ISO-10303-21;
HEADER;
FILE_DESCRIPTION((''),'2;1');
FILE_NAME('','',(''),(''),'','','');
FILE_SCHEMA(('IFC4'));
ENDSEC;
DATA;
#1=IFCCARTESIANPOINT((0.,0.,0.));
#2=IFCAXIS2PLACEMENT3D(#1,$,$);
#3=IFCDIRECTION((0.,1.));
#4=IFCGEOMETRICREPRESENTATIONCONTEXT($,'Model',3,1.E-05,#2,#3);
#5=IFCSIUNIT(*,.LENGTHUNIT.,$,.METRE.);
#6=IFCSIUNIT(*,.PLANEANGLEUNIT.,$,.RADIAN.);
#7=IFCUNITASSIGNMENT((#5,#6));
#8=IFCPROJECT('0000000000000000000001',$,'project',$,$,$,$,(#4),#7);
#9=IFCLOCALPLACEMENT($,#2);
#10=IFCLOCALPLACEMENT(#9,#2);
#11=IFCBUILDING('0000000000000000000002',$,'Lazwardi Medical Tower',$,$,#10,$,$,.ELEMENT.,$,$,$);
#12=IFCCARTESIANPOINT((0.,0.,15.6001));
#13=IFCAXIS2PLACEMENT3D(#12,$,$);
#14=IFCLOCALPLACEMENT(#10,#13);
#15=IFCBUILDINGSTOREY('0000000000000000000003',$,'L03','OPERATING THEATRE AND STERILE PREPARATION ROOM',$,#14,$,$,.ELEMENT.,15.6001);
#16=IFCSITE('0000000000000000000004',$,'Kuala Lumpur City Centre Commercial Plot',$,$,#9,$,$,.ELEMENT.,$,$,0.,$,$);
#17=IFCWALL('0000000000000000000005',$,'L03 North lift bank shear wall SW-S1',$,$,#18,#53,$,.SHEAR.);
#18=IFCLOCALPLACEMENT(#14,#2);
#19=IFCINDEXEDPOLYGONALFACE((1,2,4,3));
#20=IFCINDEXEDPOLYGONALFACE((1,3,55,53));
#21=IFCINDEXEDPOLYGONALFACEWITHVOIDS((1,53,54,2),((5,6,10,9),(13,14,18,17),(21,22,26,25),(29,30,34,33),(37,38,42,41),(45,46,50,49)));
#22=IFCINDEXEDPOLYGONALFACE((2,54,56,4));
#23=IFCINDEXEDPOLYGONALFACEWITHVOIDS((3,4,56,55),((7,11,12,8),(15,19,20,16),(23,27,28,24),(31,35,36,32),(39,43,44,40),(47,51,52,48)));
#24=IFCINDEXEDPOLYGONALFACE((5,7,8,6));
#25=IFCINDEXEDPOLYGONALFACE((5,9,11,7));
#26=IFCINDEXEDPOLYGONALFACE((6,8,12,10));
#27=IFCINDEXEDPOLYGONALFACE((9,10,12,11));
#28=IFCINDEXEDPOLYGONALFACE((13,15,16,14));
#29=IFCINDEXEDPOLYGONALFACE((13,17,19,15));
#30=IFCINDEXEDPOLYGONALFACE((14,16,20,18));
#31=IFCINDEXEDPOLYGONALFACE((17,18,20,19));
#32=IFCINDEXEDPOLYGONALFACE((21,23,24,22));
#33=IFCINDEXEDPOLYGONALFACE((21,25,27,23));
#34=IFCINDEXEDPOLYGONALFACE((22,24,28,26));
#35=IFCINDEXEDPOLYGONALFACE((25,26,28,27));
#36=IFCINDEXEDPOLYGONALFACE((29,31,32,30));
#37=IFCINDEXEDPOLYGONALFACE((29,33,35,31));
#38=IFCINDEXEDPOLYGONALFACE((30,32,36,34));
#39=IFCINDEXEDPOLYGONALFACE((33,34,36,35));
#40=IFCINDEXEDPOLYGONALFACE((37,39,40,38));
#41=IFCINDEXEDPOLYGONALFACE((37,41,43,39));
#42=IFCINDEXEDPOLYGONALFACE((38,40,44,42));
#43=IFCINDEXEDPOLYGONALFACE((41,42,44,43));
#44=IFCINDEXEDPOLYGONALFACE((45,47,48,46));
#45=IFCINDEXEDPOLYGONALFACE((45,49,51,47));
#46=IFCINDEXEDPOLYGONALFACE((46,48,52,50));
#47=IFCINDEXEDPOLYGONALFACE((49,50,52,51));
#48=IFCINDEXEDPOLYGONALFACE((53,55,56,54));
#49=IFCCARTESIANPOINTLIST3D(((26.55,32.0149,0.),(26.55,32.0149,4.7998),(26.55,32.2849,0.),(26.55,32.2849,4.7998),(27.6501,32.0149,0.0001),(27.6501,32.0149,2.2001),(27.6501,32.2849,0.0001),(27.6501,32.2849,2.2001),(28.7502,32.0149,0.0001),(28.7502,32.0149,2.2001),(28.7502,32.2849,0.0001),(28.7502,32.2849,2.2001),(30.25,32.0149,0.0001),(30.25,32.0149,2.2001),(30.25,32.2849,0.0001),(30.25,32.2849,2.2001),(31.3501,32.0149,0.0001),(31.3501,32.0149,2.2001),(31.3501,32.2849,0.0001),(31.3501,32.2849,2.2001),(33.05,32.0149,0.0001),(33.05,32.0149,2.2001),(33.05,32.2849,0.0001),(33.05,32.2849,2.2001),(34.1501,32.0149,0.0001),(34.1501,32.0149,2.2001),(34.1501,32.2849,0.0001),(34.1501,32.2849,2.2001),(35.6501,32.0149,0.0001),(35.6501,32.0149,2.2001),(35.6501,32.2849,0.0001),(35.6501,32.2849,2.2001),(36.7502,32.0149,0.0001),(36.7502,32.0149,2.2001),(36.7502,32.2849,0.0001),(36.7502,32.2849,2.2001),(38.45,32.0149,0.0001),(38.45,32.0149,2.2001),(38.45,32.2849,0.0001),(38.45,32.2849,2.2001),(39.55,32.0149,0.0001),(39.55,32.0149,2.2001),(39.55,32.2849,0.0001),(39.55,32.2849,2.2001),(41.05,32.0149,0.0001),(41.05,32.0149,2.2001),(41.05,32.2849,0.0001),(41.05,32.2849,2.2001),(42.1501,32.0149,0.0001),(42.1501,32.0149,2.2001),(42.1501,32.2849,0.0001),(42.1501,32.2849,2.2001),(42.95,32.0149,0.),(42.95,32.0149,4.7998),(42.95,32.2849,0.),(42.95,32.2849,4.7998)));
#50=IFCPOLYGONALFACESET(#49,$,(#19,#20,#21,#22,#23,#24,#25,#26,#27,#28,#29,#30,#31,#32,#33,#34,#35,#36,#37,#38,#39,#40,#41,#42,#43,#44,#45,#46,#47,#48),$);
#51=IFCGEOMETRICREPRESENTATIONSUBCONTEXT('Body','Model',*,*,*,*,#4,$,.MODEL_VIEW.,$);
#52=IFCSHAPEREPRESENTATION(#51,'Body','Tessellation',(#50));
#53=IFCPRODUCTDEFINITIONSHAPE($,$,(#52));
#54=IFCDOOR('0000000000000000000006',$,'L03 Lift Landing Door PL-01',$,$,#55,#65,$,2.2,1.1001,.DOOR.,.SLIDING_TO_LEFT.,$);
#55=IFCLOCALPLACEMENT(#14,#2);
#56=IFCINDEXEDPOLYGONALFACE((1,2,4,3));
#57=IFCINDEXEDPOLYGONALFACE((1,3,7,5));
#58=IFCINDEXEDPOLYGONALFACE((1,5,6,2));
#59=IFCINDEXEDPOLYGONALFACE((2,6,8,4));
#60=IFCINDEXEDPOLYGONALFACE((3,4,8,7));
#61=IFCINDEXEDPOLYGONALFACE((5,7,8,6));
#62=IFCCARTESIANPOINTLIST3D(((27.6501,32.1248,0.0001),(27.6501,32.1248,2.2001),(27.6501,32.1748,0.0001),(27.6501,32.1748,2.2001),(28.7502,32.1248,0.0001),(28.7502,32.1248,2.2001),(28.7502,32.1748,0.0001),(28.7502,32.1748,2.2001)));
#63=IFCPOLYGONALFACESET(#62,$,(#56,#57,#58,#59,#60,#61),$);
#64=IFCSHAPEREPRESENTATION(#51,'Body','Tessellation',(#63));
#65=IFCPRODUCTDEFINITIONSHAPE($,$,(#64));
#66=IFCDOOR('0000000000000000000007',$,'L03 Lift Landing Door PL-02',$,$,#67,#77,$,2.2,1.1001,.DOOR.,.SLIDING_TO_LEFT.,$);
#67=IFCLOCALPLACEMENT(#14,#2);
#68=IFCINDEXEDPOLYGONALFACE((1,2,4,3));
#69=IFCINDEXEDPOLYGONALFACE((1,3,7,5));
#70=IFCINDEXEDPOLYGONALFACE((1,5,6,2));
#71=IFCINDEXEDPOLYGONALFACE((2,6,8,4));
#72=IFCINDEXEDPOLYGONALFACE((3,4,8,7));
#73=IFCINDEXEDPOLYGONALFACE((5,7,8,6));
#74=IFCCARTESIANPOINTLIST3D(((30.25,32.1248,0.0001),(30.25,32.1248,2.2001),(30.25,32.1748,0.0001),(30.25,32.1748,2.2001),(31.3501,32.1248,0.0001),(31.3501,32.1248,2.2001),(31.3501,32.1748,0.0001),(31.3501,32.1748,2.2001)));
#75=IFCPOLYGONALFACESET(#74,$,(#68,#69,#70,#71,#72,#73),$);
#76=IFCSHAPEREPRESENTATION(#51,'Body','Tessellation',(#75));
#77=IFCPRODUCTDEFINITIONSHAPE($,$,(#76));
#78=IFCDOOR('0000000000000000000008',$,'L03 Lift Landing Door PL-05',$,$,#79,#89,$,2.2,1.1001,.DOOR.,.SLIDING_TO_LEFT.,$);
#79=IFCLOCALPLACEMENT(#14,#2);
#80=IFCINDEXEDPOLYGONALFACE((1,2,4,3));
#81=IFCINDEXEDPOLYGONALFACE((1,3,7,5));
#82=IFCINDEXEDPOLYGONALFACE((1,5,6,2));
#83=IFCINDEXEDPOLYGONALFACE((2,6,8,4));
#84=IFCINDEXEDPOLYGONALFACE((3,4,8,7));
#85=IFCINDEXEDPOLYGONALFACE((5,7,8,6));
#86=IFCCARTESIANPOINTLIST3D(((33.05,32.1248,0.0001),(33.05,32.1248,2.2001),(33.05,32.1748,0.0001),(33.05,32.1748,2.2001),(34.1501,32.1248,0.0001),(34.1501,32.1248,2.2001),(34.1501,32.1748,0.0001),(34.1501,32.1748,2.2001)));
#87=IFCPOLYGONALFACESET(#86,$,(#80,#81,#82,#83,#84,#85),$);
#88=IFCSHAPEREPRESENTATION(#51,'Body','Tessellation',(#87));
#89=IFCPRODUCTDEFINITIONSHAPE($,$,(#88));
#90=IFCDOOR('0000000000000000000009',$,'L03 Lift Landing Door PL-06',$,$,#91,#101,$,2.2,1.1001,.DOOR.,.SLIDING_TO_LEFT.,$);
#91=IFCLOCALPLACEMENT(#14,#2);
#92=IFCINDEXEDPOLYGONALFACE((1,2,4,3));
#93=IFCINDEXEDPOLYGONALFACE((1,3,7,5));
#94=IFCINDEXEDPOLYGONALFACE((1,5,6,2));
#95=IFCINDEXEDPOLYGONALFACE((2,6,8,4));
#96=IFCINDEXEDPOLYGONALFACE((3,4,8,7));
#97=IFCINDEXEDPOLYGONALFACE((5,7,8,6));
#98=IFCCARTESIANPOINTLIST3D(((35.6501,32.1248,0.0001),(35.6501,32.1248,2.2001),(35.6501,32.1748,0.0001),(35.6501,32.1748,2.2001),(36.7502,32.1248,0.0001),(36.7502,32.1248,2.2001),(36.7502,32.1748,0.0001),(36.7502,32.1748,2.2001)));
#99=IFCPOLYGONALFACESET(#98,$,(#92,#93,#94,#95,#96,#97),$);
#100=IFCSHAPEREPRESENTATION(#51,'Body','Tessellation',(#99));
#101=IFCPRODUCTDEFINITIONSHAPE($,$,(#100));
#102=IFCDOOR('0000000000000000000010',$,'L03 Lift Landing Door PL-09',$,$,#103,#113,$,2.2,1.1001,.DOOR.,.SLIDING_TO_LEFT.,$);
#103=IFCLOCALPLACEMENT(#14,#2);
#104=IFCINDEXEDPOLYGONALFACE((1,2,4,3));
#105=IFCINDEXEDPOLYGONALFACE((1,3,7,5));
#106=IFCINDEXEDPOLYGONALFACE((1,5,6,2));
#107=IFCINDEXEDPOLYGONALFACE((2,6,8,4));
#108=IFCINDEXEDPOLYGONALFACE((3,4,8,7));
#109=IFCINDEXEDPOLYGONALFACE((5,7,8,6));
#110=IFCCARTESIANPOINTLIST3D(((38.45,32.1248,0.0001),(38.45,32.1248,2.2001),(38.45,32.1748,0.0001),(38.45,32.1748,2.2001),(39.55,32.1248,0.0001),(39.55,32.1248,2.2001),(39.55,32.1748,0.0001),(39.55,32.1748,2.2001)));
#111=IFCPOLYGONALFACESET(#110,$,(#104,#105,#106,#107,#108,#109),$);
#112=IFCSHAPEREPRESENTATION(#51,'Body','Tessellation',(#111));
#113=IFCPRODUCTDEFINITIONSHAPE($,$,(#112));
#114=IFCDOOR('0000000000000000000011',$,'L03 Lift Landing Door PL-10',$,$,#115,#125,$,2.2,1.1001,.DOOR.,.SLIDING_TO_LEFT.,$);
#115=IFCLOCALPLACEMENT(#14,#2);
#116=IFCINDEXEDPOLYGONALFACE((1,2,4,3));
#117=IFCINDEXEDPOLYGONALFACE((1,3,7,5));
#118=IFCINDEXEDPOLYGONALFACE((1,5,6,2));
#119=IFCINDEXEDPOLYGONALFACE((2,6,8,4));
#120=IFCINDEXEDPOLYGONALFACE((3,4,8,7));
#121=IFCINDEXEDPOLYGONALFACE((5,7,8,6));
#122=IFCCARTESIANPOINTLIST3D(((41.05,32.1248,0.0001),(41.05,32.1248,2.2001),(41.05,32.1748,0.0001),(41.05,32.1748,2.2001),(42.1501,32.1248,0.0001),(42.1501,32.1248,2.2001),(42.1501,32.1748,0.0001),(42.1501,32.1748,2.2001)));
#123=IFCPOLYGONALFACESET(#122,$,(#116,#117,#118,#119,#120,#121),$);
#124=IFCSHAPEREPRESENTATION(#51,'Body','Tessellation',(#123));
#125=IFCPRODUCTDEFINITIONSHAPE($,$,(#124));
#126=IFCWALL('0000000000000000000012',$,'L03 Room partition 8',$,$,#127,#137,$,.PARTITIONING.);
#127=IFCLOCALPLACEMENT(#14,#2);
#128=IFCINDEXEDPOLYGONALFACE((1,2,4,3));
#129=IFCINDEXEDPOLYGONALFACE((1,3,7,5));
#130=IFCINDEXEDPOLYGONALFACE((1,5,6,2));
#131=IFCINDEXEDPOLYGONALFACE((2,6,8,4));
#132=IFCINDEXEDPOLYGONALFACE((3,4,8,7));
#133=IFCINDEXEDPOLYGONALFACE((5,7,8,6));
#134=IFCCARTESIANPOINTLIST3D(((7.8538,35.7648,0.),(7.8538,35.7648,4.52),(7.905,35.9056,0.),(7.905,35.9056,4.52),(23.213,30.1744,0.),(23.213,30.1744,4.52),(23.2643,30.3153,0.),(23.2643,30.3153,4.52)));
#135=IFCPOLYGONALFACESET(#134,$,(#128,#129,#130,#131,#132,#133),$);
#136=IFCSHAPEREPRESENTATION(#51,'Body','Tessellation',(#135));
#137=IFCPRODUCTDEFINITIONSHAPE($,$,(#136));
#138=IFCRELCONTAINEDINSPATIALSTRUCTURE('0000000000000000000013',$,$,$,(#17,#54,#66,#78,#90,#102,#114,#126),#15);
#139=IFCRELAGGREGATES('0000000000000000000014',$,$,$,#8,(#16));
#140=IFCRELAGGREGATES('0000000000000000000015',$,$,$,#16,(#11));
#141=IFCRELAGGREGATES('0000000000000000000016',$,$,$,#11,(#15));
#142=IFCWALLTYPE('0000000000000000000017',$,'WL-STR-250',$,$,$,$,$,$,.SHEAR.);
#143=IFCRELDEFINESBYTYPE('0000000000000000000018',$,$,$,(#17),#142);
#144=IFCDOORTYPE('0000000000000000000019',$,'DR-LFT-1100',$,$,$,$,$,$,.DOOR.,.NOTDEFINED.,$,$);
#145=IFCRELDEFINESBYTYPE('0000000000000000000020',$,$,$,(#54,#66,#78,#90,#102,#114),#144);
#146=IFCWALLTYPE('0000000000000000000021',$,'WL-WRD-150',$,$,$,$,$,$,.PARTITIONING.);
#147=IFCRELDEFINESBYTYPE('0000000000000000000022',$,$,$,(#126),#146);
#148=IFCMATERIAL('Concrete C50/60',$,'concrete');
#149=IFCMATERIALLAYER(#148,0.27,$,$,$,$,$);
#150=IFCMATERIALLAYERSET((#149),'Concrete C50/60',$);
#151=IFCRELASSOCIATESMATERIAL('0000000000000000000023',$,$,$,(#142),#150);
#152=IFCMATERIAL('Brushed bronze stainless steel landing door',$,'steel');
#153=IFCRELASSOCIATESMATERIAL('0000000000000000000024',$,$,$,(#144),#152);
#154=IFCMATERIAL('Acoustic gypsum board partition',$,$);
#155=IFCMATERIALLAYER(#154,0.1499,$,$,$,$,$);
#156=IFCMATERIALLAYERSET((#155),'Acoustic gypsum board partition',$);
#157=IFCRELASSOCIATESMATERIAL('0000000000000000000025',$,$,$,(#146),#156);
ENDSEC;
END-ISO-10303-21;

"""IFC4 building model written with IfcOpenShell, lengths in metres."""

from ifc_helpers import new_model, si_unit, direction, frame, frame_2d, origin, place, context, subcontext, project, spatial, rectangle, extrude, material, layer, layer_set, type_object, element, fill, save


model = new_model("IFC4")

# Units and contexts
model_context = context("Model", 3, precision=1e-05, world=origin(), true_north=direction((0.0, 1.0)))
body_context = subcontext(model_context, "Body", "Model", "MODEL_VIEW")
ifc_project = project(units=[si_unit("LENGTHUNIT", "METRE"), si_unit("PLANEANGLEUNIT", "RADIAN")], contexts=[model_context])

# Site, building, storey
site_placement = place(None, origin())
site = spatial("IfcSite", under=ifc_project, at=site_placement, Name="Kuala Lumpur City Centre Commercial Plot", CompositionType="ELEMENT", RefElevation=0.0)
building_placement = place(site_placement, origin())
building = spatial("IfcBuilding", under=site, at=building_placement, Name="Lazwardi Medical Tower", CompositionType="ELEMENT")
storey_placement = place(building_placement, frame((0.0, 0.0, 15.6001)))
storey = spatial("IfcBuildingStorey", under=building, at=storey_placement, Name="L03", Description="OPERATING THEATRE AND STERILE PREPARATION ROOM", CompositionType="ELEMENT", Elevation=15.6001)

# Shared definitions
ifc_material_1 = material(Name="Concrete C50/60", Category="concrete")
ifc_layer_1 = layer(ifc_material_1, 0.27)
ifc_layer_set_1 = layer_set([ifc_layer_1], Name="Concrete C50/60")
wall_type_1 = type_object("IfcWallType", Name="WL-STR-250", PredefinedType="SHEAR", material=ifc_layer_set_1)

# Wall, openings, doors
wall_1_placement = place(storey_placement, frame((26.55, 32.1499, 0.0), z_axis=(0.0, 0.0, 1.0), x_axis=(1.0, 0.0, 0.0)))
wall_1 = element("IfcWall", 1, at=wall_1_placement, inside=storey, type_object=wall_type_1, Name="L03 North lift bank shear wall SW-S1", PredefinedType="SHEAR", context=body_context, shape_type="SweptSolid", body=[
    extrude(rectangle(XDim=16.3999, YDim=0.27, at=frame_2d((8.2, 0.0))), origin(), (0.0, 0.0, 1.0), 4.7998),
])
opening_1_placement = place(wall_1_placement, frame((1.1001, 0.0, 0.0)))
opening_1 = element("IfcOpeningElement", 2, at=opening_1_placement, cuts=wall_1, PredefinedType="OPENING", context=body_context, shape_type="SweptSolid", body=[
    extrude(rectangle(XDim=1.1001, YDim=2.2, at=frame_2d((0.55, 1.1001))), frame((0.0, 0.145, 0.0), z_axis=(0.0, -1.0, 0.0), x_axis=(1.0, 0.0, 0.0)), (0.0, 0.0, 1.0), 0.29),
])
opening_2_placement = place(wall_1_placement, frame((3.7, 0.0, 0.0)))
opening_2 = element("IfcOpeningElement", 3, at=opening_2_placement, cuts=wall_1, PredefinedType="OPENING", context=body_context, shape_type="SweptSolid", body=[
    extrude(rectangle(XDim=1.1001, YDim=2.2, at=frame_2d((0.55, 1.1001))), frame((0.0, 0.145, 0.0), z_axis=(0.0, -1.0, 0.0), x_axis=(1.0, 0.0, 0.0)), (0.0, 0.0, 1.0), 0.29),
])
opening_3_placement = place(wall_1_placement, frame((6.5, 0.0, 0.0)))
opening_3 = element("IfcOpeningElement", 4, at=opening_3_placement, cuts=wall_1, PredefinedType="OPENING", context=body_context, shape_type="SweptSolid", body=[
    extrude(rectangle(XDim=1.1001, YDim=2.2, at=frame_2d((0.55, 1.1001))), frame((0.0, 0.145, 0.0), z_axis=(0.0, -1.0, 0.0), x_axis=(1.0, 0.0, 0.0)), (0.0, 0.0, 1.0), 0.29),
])
opening_4_placement = place(wall_1_placement, frame((9.1001, 0.0, 0.0)))
opening_4 = element("IfcOpeningElement", 5, at=opening_4_placement, cuts=wall_1, PredefinedType="OPENING", context=body_context, shape_type="SweptSolid", body=[
    extrude(rectangle(XDim=1.1001, YDim=2.2, at=frame_2d((0.55, 1.1001))), frame((0.0, 0.145, 0.0), z_axis=(0.0, -1.0, 0.0), x_axis=(1.0, 0.0, 0.0)), (0.0, 0.0, 1.0), 0.29),
])
opening_5_placement = place(wall_1_placement, frame((11.8999, 0.0, 0.0)))
opening_5 = element("IfcOpeningElement", 6, at=opening_5_placement, cuts=wall_1, PredefinedType="OPENING", context=body_context, shape_type="SweptSolid", body=[
    extrude(rectangle(XDim=1.1001, YDim=2.2, at=frame_2d((0.55, 1.1001))), frame((0.0, 0.145, 0.0), z_axis=(0.0, -1.0, 0.0), x_axis=(1.0, 0.0, 0.0)), (0.0, 0.0, 1.0), 0.29),
])
opening_6_placement = place(wall_1_placement, frame((14.5, 0.0, 0.0)))
opening_6 = element("IfcOpeningElement", 7, at=opening_6_placement, cuts=wall_1, PredefinedType="OPENING", context=body_context, shape_type="SweptSolid", body=[
    extrude(rectangle(XDim=1.1001, YDim=2.2, at=frame_2d((0.55, 1.1001))), frame((0.0, 0.145, 0.0), z_axis=(0.0, -1.0, 0.0), x_axis=(1.0, 0.0, 0.0)), (0.0, 0.0, 1.0), 0.29),
])
ifc_material_2 = material(Name="Brushed bronze stainless steel landing door", Category="steel")
door_type_1 = type_object("IfcDoorType", Name="DR-LFT-1100", OperationType="NOTDEFINED", PredefinedType="DOOR", material=ifc_material_2)
door_1_placement = place(opening_1_placement, origin())
door_1 = element("IfcDoor", 8, at=door_1_placement, inside=storey, type_object=door_type_1, Name="L03 Lift Landing Door PL-01", OperationType="SLIDING_TO_LEFT", OverallHeight=2.2, OverallWidth=1.1001, PredefinedType="DOOR", context=body_context, shape_type="SweptSolid", body=[
    extrude(rectangle(XDim=1.1001, YDim=2.2, at=frame_2d((0.55, 1.1001))), frame((0.0, 0.0249, 0.0), z_axis=(0.0, -1.0, 0.0), x_axis=(1.0, 0.0, 0.0)), (0.0, 0.0, 1.0), 0.05),
])
fill(opening_1, door_1)
door_2_placement = place(opening_2_placement, origin())
door_2 = element("IfcDoor", 9, at=door_2_placement, inside=storey, type_object=door_type_1, Name="L03 Lift Landing Door PL-02", OperationType="SLIDING_TO_LEFT", OverallHeight=2.2, OverallWidth=1.1001, PredefinedType="DOOR", context=body_context, shape_type="SweptSolid", body=[
    extrude(rectangle(XDim=1.1001, YDim=2.2, at=frame_2d((0.55, 1.1001))), frame((0.0, 0.0249, 0.0), z_axis=(0.0, -1.0, 0.0), x_axis=(1.0, 0.0, 0.0)), (0.0, 0.0, 1.0), 0.05),
])
fill(opening_2, door_2)
door_3_placement = place(opening_3_placement, origin())
door_3 = element("IfcDoor", 10, at=door_3_placement, inside=storey, type_object=door_type_1, Name="L03 Lift Landing Door PL-05", OperationType="SLIDING_TO_LEFT", OverallHeight=2.2, OverallWidth=1.1001, PredefinedType="DOOR", context=body_context, shape_type="SweptSolid", body=[
    extrude(rectangle(XDim=1.1001, YDim=2.2, at=frame_2d((0.55, 1.1001))), frame((0.0, 0.0249, 0.0), z_axis=(0.0, -1.0, 0.0), x_axis=(1.0, 0.0, 0.0)), (0.0, 0.0, 1.0), 0.05),
])
fill(opening_3, door_3)
door_4_placement = place(opening_4_placement, origin())
door_4 = element("IfcDoor", 11, at=door_4_placement, inside=storey, type_object=door_type_1, Name="L03 Lift Landing Door PL-06", OperationType="SLIDING_TO_LEFT", OverallHeight=2.2, OverallWidth=1.1001, PredefinedType="DOOR", context=body_context, shape_type="SweptSolid", body=[
    extrude(rectangle(XDim=1.1001, YDim=2.2, at=frame_2d((0.55, 1.1001))), frame((0.0, 0.0249, 0.0), z_axis=(0.0, -1.0, 0.0), x_axis=(1.0, 0.0, 0.0)), (0.0, 0.0, 1.0), 0.05),
])
fill(opening_4, door_4)
door_5_placement = place(opening_5_placement, origin())
door_5 = element("IfcDoor", 12, at=door_5_placement, inside=storey, type_object=door_type_1, Name="L03 Lift Landing Door PL-09", OperationType="SLIDING_TO_LEFT", OverallHeight=2.2, OverallWidth=1.1001, PredefinedType="DOOR", context=body_context, shape_type="SweptSolid", body=[
    extrude(rectangle(XDim=1.1001, YDim=2.2, at=frame_2d((0.55, 1.1001))), frame((0.0, 0.0249, 0.0), z_axis=(0.0, -1.0, 0.0), x_axis=(1.0, 0.0, 0.0)), (0.0, 0.0, 1.0), 0.05),
])
fill(opening_5, door_5)
door_6_placement = place(opening_6_placement, origin())
door_6 = element("IfcDoor", 13, at=door_6_placement, inside=storey, type_object=door_type_1, Name="L03 Lift Landing Door PL-10", OperationType="SLIDING_TO_LEFT", OverallHeight=2.2, OverallWidth=1.1001, PredefinedType="DOOR", context=body_context, shape_type="SweptSolid", body=[
    extrude(rectangle(XDim=1.1001, YDim=2.2, at=frame_2d((0.55, 1.1001))), frame((0.0, 0.0249, 0.0), z_axis=(0.0, -1.0, 0.0), x_axis=(1.0, 0.0, 0.0)), (0.0, 0.0, 1.0), 0.05),
])
fill(opening_6, door_6)

# Wall
ifc_material_3 = material(Name="Acoustic gypsum board partition")
ifc_layer_2 = layer(ifc_material_3, 0.1499)
ifc_layer_set_2 = layer_set([ifc_layer_2], Name="Acoustic gypsum board partition")
wall_type_2 = type_object("IfcWallType", Name="WL-WRD-150", PredefinedType="PARTITIONING", material=ifc_layer_set_2)
wall_2_placement = place(storey_placement, frame((23.2385, 30.2449, 0.0), z_axis=(0.0, 0.0, 1.0), x_axis=(-0.939691, 0.342024, 0.0)))
element("IfcWall", 14, at=wall_2_placement, inside=storey, type_object=wall_type_2, Name="L03 Room partition 8", PredefinedType="PARTITIONING", context=body_context, shape_type="SweptSolid", body=[
    extrude(rectangle(XDim=16.345, YDim=0.1499, at=frame_2d((8.1724, 0.0))), origin(), (0.0, 0.0, 1.0), 4.52),
])

save(model, "model.ifc")
